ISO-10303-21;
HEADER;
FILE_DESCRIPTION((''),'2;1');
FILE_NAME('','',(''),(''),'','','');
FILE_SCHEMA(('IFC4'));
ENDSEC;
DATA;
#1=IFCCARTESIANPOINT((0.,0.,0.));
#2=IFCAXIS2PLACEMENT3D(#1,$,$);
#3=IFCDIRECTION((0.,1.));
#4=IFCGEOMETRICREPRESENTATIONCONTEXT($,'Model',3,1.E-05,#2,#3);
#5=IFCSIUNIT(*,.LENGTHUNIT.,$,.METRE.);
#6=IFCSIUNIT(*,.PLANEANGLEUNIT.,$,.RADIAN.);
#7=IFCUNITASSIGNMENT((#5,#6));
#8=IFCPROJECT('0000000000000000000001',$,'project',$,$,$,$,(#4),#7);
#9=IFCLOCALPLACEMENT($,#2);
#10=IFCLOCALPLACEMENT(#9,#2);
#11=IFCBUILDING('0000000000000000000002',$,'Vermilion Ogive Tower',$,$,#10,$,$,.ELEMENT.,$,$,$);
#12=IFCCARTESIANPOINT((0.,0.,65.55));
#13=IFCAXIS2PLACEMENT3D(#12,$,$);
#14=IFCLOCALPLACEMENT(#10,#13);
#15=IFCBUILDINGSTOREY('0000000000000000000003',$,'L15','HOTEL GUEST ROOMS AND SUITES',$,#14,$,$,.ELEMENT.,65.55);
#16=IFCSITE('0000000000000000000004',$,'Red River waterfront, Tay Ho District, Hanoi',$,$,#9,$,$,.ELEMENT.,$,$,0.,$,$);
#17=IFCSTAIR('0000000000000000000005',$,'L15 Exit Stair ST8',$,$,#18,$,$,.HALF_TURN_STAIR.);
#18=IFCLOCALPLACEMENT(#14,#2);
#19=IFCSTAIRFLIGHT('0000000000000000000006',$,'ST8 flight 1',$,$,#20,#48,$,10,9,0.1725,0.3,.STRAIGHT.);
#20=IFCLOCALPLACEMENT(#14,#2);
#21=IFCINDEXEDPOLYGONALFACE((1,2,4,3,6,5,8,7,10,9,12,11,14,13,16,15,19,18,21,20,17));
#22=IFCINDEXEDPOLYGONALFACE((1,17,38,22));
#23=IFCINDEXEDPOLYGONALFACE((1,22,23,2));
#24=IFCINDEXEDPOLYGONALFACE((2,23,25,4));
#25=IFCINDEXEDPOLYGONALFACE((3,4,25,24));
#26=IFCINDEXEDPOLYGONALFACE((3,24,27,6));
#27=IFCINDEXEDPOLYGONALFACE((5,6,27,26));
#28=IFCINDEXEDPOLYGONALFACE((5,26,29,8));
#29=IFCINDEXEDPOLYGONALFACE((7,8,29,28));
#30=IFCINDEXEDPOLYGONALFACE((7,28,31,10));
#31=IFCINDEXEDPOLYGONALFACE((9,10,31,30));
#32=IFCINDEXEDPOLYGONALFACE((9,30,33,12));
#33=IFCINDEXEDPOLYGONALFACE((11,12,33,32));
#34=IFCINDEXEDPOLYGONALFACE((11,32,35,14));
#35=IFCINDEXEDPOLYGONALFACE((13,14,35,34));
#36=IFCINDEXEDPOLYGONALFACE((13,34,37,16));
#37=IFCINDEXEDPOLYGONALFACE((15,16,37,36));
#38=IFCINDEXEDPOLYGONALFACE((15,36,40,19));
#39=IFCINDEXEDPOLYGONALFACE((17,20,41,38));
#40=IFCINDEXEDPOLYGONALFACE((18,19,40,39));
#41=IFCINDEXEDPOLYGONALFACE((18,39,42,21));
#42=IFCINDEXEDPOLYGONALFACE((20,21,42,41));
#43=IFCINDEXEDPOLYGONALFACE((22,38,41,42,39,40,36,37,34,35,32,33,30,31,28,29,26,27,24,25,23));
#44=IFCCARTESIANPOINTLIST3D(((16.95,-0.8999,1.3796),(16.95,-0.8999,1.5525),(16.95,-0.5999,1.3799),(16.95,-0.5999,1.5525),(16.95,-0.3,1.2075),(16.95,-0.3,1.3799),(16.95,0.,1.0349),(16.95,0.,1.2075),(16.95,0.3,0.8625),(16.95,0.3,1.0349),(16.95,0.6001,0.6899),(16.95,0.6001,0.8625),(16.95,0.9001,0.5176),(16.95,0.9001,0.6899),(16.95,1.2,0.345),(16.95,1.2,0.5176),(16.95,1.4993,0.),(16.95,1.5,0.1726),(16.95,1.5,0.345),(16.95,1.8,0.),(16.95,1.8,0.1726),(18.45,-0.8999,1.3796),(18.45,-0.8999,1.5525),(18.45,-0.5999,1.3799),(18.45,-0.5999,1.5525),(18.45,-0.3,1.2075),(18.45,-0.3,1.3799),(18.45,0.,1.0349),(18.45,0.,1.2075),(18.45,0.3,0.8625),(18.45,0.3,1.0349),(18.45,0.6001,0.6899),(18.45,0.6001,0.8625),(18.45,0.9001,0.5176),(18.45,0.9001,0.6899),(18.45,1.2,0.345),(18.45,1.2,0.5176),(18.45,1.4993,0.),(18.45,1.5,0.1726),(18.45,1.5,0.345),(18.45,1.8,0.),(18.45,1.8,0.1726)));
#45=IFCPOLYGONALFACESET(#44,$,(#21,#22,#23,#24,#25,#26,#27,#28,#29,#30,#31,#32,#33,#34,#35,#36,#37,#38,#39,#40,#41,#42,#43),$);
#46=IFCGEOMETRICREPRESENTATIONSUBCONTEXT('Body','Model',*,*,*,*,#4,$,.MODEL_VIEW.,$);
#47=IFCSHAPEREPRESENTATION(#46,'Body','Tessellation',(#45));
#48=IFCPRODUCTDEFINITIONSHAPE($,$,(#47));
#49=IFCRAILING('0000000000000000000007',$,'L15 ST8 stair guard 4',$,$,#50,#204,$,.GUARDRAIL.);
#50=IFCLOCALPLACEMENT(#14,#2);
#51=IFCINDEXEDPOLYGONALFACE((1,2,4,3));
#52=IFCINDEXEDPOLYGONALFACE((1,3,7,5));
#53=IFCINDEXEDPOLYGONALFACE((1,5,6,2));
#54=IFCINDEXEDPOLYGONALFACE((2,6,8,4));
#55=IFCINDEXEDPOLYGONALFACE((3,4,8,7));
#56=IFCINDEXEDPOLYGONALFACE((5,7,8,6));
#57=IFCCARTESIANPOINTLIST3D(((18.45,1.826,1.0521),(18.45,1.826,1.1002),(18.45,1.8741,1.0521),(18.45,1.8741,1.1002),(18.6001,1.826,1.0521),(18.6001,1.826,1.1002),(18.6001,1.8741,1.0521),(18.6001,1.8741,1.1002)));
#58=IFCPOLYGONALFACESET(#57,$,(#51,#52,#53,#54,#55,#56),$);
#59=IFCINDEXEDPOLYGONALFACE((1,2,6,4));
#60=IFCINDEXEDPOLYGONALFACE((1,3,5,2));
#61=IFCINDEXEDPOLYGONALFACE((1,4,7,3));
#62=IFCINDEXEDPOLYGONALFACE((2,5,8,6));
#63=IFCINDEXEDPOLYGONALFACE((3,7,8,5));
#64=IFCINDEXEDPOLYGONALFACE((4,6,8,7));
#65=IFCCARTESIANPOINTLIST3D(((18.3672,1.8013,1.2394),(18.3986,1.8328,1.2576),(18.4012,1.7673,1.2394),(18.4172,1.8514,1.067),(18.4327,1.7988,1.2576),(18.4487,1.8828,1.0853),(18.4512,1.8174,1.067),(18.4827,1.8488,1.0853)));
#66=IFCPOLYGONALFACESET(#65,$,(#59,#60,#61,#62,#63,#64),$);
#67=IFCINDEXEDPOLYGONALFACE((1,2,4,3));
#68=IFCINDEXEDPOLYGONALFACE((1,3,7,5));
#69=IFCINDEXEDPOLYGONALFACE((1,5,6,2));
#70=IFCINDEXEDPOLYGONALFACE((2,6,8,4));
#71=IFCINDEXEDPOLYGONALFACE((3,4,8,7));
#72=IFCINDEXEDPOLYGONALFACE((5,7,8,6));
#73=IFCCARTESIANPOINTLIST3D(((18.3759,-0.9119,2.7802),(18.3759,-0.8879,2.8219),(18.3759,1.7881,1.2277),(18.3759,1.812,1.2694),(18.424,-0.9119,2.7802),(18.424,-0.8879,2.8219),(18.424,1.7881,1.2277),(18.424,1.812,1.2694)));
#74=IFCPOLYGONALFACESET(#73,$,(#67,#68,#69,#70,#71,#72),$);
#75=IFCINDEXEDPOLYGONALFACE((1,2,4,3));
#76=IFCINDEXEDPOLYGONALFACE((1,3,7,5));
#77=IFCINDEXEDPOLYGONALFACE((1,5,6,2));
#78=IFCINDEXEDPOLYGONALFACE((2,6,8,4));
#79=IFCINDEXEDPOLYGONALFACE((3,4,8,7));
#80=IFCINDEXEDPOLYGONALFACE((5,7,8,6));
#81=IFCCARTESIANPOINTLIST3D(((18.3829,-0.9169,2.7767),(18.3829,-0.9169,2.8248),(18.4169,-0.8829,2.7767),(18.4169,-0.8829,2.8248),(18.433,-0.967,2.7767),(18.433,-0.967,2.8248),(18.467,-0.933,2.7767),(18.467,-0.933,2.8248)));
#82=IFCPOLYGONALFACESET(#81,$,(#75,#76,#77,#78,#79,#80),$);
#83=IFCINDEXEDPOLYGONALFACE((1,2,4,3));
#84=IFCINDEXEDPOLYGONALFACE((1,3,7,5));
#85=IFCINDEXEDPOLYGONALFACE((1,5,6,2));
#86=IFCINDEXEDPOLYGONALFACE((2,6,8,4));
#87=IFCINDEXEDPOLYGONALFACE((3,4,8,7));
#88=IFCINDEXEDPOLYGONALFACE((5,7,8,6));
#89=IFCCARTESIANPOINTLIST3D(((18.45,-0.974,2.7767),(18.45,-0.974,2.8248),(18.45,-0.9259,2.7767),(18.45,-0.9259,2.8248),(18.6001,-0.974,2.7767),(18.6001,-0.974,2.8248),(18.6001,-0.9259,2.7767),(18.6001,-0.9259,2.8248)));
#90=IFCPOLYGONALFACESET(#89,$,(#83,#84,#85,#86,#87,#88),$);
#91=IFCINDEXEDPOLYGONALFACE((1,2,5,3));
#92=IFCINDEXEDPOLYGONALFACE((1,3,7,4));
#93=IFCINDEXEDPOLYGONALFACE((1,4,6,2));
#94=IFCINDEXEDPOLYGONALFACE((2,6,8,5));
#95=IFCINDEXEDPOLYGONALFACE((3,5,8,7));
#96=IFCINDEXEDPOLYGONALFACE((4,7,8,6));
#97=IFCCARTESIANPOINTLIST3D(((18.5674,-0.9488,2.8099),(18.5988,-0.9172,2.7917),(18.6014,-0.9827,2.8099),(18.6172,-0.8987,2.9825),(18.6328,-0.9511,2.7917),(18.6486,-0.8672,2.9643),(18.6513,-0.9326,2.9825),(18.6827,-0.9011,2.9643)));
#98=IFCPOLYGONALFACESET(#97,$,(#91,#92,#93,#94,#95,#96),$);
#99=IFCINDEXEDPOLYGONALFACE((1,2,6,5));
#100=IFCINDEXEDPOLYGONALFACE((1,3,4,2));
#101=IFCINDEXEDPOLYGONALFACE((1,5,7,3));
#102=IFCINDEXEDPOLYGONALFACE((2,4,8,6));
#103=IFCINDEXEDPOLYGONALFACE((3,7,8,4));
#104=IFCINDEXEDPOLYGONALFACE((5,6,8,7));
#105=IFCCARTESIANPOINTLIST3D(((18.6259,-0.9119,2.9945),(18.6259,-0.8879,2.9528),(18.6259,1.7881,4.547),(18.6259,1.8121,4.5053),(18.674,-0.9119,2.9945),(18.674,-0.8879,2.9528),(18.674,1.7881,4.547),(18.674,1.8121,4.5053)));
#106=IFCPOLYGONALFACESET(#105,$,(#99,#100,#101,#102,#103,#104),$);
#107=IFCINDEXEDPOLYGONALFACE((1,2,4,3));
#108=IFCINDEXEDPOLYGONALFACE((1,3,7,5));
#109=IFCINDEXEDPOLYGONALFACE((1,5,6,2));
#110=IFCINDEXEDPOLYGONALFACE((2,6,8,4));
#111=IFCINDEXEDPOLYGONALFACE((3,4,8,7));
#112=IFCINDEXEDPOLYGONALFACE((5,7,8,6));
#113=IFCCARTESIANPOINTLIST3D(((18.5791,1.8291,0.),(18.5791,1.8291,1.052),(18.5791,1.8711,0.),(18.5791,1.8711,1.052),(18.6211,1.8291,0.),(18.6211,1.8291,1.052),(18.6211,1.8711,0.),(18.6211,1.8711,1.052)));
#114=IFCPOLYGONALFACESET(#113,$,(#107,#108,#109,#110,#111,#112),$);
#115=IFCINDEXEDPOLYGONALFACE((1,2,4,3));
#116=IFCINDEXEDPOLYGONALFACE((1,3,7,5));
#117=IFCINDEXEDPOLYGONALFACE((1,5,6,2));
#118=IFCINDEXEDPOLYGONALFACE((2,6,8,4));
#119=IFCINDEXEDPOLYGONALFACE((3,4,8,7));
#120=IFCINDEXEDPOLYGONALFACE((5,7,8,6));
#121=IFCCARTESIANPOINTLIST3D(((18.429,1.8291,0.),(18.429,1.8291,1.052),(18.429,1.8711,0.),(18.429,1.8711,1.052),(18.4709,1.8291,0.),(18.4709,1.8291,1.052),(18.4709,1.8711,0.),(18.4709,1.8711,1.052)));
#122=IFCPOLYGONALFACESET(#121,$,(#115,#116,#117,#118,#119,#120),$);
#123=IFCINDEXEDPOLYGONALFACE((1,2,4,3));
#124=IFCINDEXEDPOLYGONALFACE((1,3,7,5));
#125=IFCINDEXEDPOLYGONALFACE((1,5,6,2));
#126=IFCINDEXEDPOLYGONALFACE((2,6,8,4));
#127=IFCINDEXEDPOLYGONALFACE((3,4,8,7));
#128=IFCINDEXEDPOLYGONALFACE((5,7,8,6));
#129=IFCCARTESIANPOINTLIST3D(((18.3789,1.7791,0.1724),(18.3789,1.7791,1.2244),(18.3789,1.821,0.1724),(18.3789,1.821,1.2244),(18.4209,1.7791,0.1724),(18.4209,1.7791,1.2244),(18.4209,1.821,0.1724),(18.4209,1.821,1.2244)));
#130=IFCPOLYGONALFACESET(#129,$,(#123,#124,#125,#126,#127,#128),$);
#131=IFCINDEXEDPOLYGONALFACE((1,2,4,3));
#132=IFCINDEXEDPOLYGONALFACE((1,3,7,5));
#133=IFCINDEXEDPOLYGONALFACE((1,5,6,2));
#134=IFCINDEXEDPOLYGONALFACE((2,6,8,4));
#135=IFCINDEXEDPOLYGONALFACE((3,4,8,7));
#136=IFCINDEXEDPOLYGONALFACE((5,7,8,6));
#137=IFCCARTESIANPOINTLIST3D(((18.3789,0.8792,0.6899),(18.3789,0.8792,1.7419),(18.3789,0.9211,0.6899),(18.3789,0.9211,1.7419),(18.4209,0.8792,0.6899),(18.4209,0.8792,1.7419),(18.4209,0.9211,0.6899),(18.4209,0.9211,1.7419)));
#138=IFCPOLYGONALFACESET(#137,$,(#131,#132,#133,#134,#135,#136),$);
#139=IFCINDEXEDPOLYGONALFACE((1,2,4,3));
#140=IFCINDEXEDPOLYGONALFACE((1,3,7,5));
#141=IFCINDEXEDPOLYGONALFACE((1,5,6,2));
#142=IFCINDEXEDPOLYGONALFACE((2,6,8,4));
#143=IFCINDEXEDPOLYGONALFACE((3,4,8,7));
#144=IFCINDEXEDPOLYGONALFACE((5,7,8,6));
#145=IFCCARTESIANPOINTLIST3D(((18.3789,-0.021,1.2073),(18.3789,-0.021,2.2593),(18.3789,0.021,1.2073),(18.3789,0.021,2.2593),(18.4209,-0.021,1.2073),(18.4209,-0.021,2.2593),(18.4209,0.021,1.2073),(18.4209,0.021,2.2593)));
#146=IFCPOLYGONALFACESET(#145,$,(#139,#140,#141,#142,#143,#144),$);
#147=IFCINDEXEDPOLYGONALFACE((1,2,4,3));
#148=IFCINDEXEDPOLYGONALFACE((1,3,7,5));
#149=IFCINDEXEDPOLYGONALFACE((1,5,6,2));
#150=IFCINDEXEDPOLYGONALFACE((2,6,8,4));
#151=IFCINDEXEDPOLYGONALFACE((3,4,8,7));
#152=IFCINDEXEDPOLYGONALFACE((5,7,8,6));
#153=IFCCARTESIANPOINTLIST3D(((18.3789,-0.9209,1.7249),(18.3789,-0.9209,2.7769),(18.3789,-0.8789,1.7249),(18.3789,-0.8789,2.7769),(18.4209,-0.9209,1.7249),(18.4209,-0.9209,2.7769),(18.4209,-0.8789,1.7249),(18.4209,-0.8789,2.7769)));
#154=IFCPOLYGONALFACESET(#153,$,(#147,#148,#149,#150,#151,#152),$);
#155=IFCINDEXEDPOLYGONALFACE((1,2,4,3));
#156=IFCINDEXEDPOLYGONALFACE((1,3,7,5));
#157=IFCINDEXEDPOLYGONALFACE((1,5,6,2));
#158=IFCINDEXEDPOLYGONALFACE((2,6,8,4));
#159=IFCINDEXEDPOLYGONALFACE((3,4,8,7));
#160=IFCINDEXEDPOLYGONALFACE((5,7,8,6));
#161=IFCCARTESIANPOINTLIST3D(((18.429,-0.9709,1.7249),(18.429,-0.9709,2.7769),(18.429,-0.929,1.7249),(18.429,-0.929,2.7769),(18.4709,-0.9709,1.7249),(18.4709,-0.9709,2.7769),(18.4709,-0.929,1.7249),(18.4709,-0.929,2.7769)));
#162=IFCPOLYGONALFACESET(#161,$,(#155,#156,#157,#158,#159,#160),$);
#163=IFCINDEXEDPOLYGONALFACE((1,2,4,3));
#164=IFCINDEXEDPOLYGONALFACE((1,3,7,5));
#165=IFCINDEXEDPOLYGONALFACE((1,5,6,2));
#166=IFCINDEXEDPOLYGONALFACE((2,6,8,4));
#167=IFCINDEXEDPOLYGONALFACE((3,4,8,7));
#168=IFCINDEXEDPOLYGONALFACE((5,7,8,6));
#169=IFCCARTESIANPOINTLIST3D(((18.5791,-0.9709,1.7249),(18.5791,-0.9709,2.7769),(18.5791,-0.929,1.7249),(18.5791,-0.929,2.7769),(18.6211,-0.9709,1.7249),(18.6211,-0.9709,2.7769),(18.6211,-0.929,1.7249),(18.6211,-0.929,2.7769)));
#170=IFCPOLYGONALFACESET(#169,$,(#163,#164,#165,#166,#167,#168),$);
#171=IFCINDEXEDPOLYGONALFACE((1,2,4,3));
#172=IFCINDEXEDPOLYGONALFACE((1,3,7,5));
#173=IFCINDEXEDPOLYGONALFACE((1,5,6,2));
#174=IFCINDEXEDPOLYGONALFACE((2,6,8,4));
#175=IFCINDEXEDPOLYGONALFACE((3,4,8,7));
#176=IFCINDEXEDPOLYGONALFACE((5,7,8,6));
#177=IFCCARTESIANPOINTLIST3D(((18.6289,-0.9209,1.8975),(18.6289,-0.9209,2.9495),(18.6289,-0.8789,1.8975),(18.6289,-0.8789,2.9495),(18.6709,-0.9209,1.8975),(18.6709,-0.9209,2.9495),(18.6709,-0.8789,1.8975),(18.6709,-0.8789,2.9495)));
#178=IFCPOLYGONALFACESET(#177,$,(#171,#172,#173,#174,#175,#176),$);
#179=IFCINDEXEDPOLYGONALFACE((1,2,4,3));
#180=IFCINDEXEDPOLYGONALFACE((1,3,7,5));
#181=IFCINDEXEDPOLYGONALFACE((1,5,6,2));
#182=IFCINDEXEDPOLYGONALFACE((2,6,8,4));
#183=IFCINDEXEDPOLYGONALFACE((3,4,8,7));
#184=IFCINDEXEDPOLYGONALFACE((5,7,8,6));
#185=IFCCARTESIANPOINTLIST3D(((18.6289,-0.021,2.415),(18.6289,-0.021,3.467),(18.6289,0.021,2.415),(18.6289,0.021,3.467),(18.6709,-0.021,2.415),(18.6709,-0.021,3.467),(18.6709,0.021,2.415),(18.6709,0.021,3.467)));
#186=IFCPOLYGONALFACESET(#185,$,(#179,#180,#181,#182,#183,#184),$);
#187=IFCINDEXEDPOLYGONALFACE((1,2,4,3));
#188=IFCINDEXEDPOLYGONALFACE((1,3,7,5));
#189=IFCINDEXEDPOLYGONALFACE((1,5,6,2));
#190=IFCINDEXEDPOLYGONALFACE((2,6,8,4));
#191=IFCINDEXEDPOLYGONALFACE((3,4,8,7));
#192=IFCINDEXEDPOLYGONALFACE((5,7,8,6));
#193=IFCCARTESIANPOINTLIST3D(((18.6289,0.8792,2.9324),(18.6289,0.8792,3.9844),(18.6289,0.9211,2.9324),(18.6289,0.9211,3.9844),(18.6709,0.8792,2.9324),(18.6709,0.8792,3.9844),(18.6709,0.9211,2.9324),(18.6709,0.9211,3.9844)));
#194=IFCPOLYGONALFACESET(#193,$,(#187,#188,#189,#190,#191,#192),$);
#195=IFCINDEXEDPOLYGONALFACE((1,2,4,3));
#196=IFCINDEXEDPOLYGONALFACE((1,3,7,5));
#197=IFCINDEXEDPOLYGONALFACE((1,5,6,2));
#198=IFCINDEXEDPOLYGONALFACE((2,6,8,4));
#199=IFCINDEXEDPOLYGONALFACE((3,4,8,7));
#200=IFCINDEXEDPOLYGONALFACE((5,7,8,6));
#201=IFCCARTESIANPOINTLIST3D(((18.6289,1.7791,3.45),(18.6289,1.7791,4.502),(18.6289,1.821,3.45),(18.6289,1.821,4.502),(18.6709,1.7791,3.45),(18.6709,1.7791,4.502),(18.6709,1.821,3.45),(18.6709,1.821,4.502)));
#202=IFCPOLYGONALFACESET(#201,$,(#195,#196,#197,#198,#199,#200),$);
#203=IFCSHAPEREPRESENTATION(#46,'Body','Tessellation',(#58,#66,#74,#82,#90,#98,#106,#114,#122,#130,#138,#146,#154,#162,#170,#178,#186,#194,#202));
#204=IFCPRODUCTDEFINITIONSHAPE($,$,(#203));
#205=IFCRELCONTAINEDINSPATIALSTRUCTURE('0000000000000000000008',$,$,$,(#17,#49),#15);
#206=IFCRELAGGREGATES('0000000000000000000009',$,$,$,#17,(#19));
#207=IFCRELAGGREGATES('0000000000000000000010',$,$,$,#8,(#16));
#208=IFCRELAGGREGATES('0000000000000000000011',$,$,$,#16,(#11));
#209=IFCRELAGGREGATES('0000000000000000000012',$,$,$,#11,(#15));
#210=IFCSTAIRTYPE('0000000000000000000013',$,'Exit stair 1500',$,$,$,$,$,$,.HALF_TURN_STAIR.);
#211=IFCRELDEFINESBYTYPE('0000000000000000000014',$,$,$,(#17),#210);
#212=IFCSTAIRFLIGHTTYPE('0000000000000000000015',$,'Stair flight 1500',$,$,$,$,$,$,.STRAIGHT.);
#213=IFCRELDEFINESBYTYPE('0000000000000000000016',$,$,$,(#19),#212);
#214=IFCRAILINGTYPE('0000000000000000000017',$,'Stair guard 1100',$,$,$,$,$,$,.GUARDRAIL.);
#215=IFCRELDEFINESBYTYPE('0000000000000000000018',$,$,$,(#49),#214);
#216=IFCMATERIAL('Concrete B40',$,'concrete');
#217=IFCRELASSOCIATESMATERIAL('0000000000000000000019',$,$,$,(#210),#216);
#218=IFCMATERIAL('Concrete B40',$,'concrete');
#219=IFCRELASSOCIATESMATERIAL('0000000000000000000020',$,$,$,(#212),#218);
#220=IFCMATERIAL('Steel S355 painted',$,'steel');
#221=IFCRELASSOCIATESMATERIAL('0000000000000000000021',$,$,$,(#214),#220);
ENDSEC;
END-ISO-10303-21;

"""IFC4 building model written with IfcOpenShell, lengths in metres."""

from ifc_helpers import new_model, si_unit, direction, frame, origin, origin_2d, place, context, subcontext, project, spatial, polyline, rectangle, outline, extrude, material, type_object, element, aggregate, save


model = new_model("IFC4")

# Units and contexts
model_context = context("Model", 3, precision=1e-05, world=origin(), true_north=direction((0.0, 1.0)))
body_context = subcontext(model_context, "Body", "Model", "MODEL_VIEW")
ifc_project = project(units=[si_unit("LENGTHUNIT", "METRE"), si_unit("PLANEANGLEUNIT", "RADIAN")], contexts=[model_context])

# Site, building, storey
site_placement = place(None, origin())
site = spatial("IfcSite", under=ifc_project, at=site_placement, Name="Red River waterfront, Tay Ho District, Hanoi", CompositionType="ELEMENT", RefElevation=0.0)
building_placement = place(site_placement, origin())
building = spatial("IfcBuilding", under=site, at=building_placement, Name="Vermilion Ogive Tower", CompositionType="ELEMENT")
storey_placement = place(building_placement, frame((0.0, 0.0, 65.55)))
storey = spatial("IfcBuildingStorey", under=building, at=storey_placement, Name="L15", Description="HOTEL GUEST ROOMS AND SUITES", CompositionType="ELEMENT", Elevation=65.55)

# Stair, stair flight
ifc_material_1 = material(Name="Concrete B40", Category="concrete")
stair_type = type_object("IfcStairType", Name="Exit stair 1500", PredefinedType="HALF_TURN_STAIR", material=ifc_material_1)
stair_placement = place(storey_placement, origin())
stair = element("IfcStair", 1, at=stair_placement, inside=storey, type_object=stair_type, Name="L15 Exit Stair ST8", PredefinedType="HALF_TURN_STAIR")
ifc_material_2 = material(Name="Concrete B40", Category="concrete")
stair_flight_type = type_object("IfcStairFlightType", Name="Stair flight 1500", PredefinedType="STRAIGHT", material=ifc_material_2)
stair_flight_placement = place(storey_placement, frame((17.7, 1.8, 0.0), z_axis=(0.0, 0.0, 1.0), x_axis=(0.0, -1.0, 0.0)))
stair_flight = element("IfcStairFlight", 2, at=stair_flight_placement, type_object=stair_flight_type, Name="ST8 flight 1", NumberOfRisers=10, NumberOfTreads=9, PredefinedType="STRAIGHT", RiserHeight=0.1725, TreadLength=0.3, context=body_context, shape_type="SweptSolid", body=[
    extrude(outline(polyline([(0.0, 0.0), (0.0, 0.1726), (0.3, 0.1726), (0.3, 0.345), (0.6001, 0.345), (0.6001, 0.5176), (0.8999, 0.5176), (0.8999, 0.6899), (1.2, 0.6899), (1.2, 0.8625), (1.5, 0.8625), (1.5, 1.0349), (1.8, 1.0349), (1.8, 1.2075), (2.1001, 1.2075), (2.1001, 1.3799), (2.3999, 1.3799), (2.3999, 1.5525), (2.7, 1.5525), (2.7, 1.7251), (2.7, 1.3796), (0.3008, 0.0), (0.0, 0.0)])), frame((0.0, 0.75, 0.0), z_axis=(0.0, -1.0, 0.0), x_axis=(1.0, 0.0, 0.0)), (0.0, 0.0, 1.0), 1.5),
])
aggregate(stair, [stair_flight])

# Railing
ifc_material_3 = material(Name="Steel S355 painted", Category="steel")
railing_type_1 = type_object("IfcRailingType", Name="Stair guard 1100", PredefinedType="GUARDRAIL", material=ifc_material_3)
railing_1_placement = place(storey_placement, frame((18.6001, 1.8501, 0.0)))
element("IfcRailing", 3, at=railing_1_placement, inside=storey, type_object=railing_type_1, Name="L15 ST8 stair guard 4", PredefinedType="GUARDRAIL", context=body_context, shape_type="SweptSolid", body=[
    extrude(rectangle(XDim=0.0481, YDim=0.0481, at=origin_2d()), frame((0.0, 0.0, 1.0762), z_axis=(-1.0, 0.0, 0.0), x_axis=(0.0, -1.0, 0.0)), (0.0, 0.0, 1.0), 0.1501),
    extrude(rectangle(XDim=0.0481, YDim=0.0481, at=origin_2d()), frame((-0.1501, 0.0, 1.0762), z_axis=(-0.268603, -0.268603, 0.925043), x_axis=(0.707107, -0.707107, 0.0)), (0.0, 0.0, 1.0), 0.1863),
    extrude(rectangle(XDim=0.0481, YDim=0.0481, at=origin_2d()), frame((-0.2002, -0.05, 1.2485), z_axis=(0.0, -0.866904, 0.498476), x_axis=(1.0, 0.0, 0.0)), (0.0, 0.0, 1.0), 3.1145),
    extrude(rectangle(XDim=0.0481, YDim=0.0481, at=origin_2d()), frame((-0.2002, -2.75, 2.8008), z_axis=(0.707107, -0.707107, 0.0), x_axis=(0.707107, 0.707107, 0.0)), (0.0, 0.0, 1.0), 0.0708),
    extrude(rectangle(XDim=0.0481, YDim=0.0481, at=origin_2d()), frame((-0.1501, -2.8, 2.8008), z_axis=(1.0, 0.0, 0.0), x_axis=(0.0, 1.0, 0.0)), (0.0, 0.0, 1.0), 0.1501),
    extrude(rectangle(XDim=0.0481, YDim=0.0481, at=origin_2d()), frame((0.0, -2.8, 2.8008), z_axis=(0.267063, 0.268372, 0.925556), x_axis=(-0.708834, 0.705376, 0.0)), (0.0, 0.0, 1.0), 0.1865),
    extrude(rectangle(XDim=0.0481, YDim=0.0481, at=origin_2d()), frame((0.0498, -2.75, 2.9736), z_axis=(0.0, 0.866904, 0.498476), x_axis=(-1.0, 0.0, 0.0)), (0.0, 0.0, 1.0), 3.1145),
    extrude(rectangle(XDim=0.042, YDim=0.042, at=origin_2d()), origin(), (0.0, 0.0, 1.0), 1.052),
    extrude(rectangle(XDim=0.042, YDim=0.042, at=origin_2d()), frame((-0.1501, 0.0, 0.0)), (0.0, 0.0, 1.0), 1.052),
    extrude(rectangle(XDim=0.042, YDim=0.042, at=origin_2d()), frame((-0.2002, -0.05, 0.1724)), (0.0, 0.0, 1.0), 1.052),
    extrude(rectangle(XDim=0.042, YDim=0.042, at=origin_2d()), frame((-0.2002, -0.95, 0.6899)), (0.0, 0.0, 1.0), 1.052),
    extrude(rectangle(XDim=0.042, YDim=0.042, at=origin_2d()), frame((-0.2002, -1.8501, 1.2073)), (0.0, 0.0, 1.0), 1.052),
    extrude(rectangle(XDim=0.042, YDim=0.042, at=origin_2d()), frame((-0.2002, -2.75, 1.7249)), (0.0, 0.0, 1.0), 1.052),
    extrude(rectangle(XDim=0.042, YDim=0.042, at=origin_2d()), frame((-0.1501, -2.8, 1.7249)), (0.0, 0.0, 1.0), 1.052),
    extrude(rectangle(XDim=0.042, YDim=0.042, at=origin_2d()), frame((0.0, -2.8, 1.7249)), (0.0, 0.0, 1.0), 1.052),
    extrude(rectangle(XDim=0.042, YDim=0.042, at=origin_2d()), frame((0.0498, -2.75, 1.8975)), (0.0, 0.0, 1.0), 1.052),
    extrude(rectangle(XDim=0.042, YDim=0.042, at=origin_2d()), frame((0.0498, -1.8501, 2.415)), (0.0, 0.0, 1.0), 1.052),
    extrude(rectangle(XDim=0.042, YDim=0.042, at=origin_2d()), frame((0.0498, -0.95, 2.9324)), (0.0, 0.0, 1.0), 1.052),
    extrude(rectangle(XDim=0.042, YDim=0.042, at=origin_2d()), frame((0.0498, -0.05, 3.45)), (0.0, 0.0, 1.0), 1.052),
])

save(model, "model.ifc")
